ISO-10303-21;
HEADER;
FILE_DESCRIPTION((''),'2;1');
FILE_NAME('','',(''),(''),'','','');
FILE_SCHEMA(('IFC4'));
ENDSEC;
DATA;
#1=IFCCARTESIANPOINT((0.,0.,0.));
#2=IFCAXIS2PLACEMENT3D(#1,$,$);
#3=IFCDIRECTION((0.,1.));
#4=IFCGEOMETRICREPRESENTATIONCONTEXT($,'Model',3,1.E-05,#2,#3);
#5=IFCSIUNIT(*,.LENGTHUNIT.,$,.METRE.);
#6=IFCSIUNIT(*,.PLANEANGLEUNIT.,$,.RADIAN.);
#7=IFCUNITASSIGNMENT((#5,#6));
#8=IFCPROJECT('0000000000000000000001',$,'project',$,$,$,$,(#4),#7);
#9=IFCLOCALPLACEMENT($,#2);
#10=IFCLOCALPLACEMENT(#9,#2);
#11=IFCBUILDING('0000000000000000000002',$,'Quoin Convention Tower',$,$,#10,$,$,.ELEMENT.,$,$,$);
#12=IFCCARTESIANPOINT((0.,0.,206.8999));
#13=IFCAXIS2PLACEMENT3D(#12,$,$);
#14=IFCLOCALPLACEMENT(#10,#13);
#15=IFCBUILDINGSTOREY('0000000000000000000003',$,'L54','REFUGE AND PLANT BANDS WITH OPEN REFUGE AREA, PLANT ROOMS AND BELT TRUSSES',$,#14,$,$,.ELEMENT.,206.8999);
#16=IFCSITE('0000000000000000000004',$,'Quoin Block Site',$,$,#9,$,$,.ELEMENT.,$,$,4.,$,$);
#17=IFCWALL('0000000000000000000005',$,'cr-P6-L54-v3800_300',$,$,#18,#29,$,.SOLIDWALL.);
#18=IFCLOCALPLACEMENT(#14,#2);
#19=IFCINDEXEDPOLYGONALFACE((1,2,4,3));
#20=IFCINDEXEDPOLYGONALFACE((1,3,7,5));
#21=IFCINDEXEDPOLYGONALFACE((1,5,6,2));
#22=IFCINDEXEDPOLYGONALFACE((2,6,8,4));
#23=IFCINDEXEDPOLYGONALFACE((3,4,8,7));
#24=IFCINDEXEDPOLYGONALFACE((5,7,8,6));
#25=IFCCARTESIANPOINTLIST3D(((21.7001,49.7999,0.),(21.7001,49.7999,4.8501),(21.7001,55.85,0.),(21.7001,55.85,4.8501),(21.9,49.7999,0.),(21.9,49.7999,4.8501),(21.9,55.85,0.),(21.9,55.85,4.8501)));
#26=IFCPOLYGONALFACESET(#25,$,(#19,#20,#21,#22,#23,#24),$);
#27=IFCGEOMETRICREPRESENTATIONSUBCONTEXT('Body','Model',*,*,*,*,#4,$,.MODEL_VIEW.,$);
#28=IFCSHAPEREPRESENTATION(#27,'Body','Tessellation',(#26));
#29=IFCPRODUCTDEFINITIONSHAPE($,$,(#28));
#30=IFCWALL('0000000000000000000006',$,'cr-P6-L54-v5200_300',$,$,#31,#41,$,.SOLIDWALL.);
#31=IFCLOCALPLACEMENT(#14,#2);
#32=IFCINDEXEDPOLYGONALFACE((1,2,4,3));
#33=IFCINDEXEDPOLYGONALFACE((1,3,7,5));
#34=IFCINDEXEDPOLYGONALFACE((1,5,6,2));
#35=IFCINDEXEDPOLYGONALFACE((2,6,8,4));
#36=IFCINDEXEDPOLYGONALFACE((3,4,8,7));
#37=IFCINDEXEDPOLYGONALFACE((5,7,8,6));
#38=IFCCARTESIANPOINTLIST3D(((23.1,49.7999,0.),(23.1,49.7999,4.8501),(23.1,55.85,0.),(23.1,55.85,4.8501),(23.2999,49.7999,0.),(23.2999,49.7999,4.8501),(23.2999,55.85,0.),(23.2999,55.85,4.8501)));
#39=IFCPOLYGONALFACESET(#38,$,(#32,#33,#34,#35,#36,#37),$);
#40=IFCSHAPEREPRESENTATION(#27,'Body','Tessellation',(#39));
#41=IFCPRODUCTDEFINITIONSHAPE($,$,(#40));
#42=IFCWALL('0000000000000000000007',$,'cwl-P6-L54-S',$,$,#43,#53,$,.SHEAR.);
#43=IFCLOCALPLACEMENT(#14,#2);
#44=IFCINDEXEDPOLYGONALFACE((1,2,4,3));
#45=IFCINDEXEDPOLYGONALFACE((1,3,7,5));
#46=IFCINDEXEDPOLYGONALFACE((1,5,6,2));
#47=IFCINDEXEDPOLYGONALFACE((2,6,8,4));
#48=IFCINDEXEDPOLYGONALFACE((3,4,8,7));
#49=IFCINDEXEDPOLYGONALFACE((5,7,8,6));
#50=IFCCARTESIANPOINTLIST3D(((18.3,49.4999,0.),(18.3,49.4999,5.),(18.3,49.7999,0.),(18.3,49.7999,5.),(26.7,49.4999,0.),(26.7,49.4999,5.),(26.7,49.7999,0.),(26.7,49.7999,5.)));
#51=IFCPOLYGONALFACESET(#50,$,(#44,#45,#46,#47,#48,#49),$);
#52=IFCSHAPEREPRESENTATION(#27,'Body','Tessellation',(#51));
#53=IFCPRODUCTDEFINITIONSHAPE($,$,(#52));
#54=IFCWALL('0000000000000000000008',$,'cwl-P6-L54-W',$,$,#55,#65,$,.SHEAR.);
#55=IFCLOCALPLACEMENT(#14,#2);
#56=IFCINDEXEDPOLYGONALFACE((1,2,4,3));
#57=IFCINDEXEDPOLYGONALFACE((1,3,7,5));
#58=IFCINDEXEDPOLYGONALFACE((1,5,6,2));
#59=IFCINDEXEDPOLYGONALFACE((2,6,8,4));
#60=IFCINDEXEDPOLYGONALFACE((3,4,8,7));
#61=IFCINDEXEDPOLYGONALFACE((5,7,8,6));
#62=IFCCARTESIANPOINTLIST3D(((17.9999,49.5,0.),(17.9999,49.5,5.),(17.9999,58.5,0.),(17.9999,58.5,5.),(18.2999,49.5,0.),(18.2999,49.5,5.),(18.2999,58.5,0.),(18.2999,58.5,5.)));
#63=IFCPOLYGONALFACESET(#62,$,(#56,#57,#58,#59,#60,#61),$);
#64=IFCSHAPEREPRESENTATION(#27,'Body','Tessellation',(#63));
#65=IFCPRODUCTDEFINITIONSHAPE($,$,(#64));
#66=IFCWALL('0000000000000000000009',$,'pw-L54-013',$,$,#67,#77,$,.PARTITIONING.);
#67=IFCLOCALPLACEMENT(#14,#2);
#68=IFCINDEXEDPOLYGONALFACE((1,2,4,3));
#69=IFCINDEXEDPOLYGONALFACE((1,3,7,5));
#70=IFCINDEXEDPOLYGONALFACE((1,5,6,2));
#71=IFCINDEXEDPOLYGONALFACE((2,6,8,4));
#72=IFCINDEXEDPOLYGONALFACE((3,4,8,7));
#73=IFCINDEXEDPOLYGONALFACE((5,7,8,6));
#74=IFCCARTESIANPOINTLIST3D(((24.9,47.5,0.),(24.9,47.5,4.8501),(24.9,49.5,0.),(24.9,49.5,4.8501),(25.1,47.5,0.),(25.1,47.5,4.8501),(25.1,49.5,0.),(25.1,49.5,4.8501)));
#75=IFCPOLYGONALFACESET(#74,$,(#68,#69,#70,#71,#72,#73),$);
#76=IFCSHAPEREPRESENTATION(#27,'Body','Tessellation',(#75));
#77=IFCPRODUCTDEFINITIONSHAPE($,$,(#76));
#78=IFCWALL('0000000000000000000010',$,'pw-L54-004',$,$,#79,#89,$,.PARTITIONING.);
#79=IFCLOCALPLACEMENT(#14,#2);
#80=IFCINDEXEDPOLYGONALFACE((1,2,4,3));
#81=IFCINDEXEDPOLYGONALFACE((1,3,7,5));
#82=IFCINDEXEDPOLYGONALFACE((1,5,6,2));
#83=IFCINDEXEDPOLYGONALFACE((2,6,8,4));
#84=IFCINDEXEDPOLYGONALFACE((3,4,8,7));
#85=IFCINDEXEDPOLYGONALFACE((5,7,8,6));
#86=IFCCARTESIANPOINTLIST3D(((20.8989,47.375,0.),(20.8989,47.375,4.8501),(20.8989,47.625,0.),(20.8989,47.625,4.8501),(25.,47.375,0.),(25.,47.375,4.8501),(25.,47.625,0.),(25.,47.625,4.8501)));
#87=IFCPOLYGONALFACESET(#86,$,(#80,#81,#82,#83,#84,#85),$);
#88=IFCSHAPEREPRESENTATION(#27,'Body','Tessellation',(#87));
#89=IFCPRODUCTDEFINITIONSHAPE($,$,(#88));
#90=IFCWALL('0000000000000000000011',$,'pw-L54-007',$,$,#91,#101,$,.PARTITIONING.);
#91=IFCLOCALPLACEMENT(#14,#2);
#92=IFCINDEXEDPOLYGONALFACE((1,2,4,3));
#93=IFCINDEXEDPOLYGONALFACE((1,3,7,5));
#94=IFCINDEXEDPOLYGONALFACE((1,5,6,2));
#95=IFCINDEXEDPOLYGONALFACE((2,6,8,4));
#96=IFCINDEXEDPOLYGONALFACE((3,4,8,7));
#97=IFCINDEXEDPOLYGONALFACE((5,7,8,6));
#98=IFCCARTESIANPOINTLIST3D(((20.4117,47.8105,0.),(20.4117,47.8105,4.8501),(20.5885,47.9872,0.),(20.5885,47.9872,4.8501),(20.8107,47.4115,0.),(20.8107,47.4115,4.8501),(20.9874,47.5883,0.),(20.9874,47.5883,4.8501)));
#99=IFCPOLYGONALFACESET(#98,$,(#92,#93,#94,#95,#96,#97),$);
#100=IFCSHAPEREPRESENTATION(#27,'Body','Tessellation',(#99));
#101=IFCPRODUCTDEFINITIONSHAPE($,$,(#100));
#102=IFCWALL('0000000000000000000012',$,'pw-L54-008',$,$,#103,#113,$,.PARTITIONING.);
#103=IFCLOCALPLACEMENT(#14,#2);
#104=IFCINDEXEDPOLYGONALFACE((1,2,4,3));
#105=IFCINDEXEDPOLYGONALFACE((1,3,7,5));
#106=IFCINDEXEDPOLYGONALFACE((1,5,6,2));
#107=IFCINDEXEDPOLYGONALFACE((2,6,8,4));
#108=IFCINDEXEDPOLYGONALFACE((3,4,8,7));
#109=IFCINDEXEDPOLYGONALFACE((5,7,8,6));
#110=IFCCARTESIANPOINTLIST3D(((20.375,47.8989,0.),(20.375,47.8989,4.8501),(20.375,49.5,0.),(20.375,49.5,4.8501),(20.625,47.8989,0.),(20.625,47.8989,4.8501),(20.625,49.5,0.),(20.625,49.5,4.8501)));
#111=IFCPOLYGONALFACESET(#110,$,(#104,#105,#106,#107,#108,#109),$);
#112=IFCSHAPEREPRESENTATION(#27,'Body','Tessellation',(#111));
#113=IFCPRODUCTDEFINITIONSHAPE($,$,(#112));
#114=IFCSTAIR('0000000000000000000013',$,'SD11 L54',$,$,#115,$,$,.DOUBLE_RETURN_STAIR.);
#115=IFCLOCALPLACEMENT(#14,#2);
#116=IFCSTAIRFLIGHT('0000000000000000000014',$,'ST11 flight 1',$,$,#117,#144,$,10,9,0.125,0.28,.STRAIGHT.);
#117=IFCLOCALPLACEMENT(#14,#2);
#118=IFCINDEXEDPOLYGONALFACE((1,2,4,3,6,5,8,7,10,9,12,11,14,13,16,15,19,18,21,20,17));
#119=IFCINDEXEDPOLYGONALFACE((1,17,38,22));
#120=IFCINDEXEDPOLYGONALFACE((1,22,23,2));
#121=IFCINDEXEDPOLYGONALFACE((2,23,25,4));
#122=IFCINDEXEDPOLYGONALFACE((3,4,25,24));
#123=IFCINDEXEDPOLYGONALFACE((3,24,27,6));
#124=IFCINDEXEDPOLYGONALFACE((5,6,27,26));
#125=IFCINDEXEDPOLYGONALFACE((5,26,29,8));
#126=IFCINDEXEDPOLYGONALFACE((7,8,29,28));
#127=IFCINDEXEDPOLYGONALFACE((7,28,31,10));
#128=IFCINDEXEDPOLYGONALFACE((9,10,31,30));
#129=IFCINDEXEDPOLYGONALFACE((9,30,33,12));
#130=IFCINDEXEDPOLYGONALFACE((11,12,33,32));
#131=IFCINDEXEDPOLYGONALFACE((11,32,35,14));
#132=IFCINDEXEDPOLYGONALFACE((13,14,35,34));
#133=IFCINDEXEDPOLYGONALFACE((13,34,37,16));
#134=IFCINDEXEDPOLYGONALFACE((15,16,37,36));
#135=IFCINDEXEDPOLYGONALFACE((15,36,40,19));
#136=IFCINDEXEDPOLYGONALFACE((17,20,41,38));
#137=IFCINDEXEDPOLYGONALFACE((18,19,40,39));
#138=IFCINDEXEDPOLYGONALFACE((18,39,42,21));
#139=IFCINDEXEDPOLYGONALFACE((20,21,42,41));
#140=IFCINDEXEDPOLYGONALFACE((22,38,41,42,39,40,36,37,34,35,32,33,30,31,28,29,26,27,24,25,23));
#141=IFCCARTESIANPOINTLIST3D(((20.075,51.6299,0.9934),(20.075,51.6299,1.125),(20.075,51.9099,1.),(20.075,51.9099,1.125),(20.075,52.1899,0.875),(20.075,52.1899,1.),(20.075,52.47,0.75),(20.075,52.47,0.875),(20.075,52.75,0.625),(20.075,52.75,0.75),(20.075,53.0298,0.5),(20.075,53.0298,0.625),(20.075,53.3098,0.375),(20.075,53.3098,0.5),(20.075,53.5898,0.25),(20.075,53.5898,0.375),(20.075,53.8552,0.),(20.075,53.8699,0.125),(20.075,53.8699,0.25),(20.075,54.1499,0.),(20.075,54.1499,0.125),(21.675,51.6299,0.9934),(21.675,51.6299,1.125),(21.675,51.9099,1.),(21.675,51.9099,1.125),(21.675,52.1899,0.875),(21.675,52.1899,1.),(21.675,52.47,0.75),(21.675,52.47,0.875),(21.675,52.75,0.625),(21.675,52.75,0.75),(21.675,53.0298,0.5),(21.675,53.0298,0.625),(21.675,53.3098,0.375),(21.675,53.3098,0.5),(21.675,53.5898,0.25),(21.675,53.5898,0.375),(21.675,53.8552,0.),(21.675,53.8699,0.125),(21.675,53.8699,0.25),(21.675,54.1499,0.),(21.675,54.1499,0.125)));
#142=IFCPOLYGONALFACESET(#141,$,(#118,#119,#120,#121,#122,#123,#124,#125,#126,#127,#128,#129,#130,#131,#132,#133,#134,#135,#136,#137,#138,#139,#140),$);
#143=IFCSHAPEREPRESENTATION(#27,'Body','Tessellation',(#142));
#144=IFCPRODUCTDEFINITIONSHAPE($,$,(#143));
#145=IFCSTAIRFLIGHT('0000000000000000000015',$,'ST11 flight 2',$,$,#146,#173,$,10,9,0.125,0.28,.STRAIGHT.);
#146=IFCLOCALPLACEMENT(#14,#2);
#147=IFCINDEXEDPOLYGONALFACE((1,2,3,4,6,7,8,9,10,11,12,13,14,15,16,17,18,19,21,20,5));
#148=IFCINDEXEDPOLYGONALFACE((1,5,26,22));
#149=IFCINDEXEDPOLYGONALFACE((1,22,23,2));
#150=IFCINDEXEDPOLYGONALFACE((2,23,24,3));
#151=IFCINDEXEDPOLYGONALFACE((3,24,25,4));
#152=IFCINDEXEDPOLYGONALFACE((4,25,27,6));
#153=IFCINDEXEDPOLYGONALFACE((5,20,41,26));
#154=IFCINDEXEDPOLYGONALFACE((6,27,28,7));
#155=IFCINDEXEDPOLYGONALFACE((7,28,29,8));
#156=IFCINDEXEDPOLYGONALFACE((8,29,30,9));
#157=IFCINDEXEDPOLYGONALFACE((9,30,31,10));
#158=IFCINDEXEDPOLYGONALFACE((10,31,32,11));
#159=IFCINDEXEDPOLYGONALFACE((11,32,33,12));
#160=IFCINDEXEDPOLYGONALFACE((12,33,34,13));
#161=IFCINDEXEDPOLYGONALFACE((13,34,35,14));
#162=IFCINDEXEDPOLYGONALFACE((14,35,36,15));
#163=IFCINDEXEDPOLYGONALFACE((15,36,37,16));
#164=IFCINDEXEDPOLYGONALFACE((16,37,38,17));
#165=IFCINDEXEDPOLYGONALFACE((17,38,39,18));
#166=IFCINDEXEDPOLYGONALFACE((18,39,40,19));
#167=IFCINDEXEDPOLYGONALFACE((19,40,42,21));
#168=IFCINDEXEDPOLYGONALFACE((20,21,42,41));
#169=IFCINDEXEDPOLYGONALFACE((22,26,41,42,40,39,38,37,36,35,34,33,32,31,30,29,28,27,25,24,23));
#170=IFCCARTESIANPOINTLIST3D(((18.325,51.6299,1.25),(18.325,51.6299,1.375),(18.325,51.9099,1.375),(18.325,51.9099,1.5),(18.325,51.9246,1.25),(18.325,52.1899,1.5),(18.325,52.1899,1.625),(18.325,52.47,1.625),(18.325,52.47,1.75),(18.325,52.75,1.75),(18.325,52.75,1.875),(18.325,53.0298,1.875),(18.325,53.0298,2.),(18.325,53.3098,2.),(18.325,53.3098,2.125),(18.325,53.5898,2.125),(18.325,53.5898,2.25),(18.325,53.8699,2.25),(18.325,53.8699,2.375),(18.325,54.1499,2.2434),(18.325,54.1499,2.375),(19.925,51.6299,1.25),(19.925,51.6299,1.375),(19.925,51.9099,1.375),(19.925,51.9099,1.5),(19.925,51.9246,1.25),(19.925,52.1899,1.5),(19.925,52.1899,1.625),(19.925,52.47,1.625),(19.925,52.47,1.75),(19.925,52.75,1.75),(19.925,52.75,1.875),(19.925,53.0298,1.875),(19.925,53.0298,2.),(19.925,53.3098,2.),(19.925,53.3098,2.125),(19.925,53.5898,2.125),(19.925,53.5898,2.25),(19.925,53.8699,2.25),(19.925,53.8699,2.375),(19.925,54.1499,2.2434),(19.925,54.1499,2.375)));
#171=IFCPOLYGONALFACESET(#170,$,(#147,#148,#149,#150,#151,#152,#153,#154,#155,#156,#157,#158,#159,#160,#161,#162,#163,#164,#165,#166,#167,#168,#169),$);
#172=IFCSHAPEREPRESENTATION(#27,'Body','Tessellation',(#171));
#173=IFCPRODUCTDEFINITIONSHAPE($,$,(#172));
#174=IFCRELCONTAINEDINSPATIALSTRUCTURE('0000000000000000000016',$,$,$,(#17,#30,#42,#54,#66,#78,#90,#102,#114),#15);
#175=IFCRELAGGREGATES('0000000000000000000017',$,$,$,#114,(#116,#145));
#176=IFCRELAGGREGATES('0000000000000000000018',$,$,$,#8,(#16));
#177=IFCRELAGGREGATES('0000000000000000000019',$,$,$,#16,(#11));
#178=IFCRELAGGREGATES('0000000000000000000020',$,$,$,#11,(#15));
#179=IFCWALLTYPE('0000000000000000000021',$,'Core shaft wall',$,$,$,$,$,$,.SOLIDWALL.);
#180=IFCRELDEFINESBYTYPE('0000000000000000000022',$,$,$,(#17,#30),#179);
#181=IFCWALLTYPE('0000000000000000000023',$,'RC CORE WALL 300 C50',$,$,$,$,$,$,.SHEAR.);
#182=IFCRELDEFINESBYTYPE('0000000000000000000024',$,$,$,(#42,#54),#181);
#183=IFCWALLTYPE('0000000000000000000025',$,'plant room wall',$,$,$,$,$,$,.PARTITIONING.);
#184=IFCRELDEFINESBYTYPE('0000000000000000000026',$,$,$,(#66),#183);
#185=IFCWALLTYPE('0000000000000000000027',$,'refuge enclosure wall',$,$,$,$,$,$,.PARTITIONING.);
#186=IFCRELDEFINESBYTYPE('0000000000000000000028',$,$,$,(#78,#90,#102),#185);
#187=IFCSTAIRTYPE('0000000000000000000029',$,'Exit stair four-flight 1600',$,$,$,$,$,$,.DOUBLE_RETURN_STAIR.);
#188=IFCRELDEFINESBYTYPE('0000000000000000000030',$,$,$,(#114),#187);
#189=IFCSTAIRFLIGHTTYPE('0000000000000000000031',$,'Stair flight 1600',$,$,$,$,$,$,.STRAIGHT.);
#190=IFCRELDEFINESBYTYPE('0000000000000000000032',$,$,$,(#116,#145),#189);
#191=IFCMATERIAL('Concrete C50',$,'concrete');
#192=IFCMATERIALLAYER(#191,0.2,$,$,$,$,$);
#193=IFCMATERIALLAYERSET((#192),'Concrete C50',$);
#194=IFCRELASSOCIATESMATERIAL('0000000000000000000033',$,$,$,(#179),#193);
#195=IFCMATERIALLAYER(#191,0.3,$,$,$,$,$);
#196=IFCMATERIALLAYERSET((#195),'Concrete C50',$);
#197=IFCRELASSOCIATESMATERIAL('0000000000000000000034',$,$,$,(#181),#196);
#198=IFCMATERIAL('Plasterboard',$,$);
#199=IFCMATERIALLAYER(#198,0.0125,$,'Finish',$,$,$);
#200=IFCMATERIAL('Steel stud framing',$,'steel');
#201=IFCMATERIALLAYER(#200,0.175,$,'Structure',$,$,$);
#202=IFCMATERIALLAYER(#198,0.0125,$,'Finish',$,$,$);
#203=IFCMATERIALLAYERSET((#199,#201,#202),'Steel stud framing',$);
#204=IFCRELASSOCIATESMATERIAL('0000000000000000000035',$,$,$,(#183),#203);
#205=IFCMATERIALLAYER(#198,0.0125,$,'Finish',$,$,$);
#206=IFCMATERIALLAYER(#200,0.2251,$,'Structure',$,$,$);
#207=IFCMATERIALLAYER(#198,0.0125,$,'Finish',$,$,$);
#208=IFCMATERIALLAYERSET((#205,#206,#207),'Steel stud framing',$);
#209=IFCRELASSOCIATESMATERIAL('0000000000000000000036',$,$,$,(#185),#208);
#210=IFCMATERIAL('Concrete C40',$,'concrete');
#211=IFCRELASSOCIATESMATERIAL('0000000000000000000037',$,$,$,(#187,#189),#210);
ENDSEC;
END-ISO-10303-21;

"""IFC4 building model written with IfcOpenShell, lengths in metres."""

from ifc_helpers import new_model, si_unit, direction, frame, frame_2d, origin, place, context, subcontext, project, spatial, polyline, rectangle, outline, extrude, material, layer, layer_set, type_object, element, aggregate, save


model = new_model("IFC4")

# Units and contexts
model_context = context("Model", 3, precision=1e-05, world=origin(), true_north=direction((0.0, 1.0)))
body_context = subcontext(model_context, "Body", "Model", "MODEL_VIEW")
ifc_project = project(units=[si_unit("LENGTHUNIT", "METRE"), si_unit("PLANEANGLEUNIT", "RADIAN")], contexts=[model_context])

# Site, building, storey
site_placement = place(None, origin())
site = spatial("IfcSite", under=ifc_project, at=site_placement, Name="Quoin Block Site", CompositionType="ELEMENT", RefElevation=4.0)
building_placement = place(site_placement, origin())
building = spatial("IfcBuilding", under=site, at=building_placement, Name="Quoin Convention Tower", CompositionType="ELEMENT")
storey_placement = place(building_placement, frame((0.0, 0.0, 206.8999)))
storey = spatial("IfcBuildingStorey", under=building, at=storey_placement, Name="L54", Description="REFUGE AND PLANT BANDS WITH OPEN REFUGE AREA, PLANT ROOMS AND BELT TRUSSES", CompositionType="ELEMENT", Elevation=206.8999)

# Shared definitions
ifc_material_1 = material(Name="Concrete C50", Category="concrete")

# Walls
ifc_layer_1 = layer(ifc_material_1, 0.2)
ifc_layer_set_1 = layer_set([ifc_layer_1], Name="Concrete C50")
wall_type_1 = type_object("IfcWallType", Name="Core shaft wall", PredefinedType="SOLIDWALL", material=ifc_layer_set_1)
for number, where, z_axis, x_axis, name in (
    (1, (21.8, 49.8, 0.0), (0.0, 0.0, 1.0), (0.0, 1.0, 0.0), "cr-P6-L54-v3800_300"),
    (2, (23.2, 49.8, 0.0), (0.0, 0.0, 1.0), (0.0, 1.0, 0.0), "cr-P6-L54-v5200_300"),
):
    element("IfcWall", number, at=place(storey_placement, frame(where, z_axis=z_axis, x_axis=x_axis)), inside=storey, type_object=wall_type_1, Name=name, PredefinedType="SOLIDWALL", context=body_context, shape_type="SweptSolid", body=[
        extrude(rectangle(XDim=6.05, YDim=0.2, at=frame_2d((3.0249, 0.0))), origin(), (0.0, 0.0, 1.0), 4.8501),
    ])
ifc_layer_2 = layer(ifc_material_1, 0.3)
ifc_layer_set_2 = layer_set([ifc_layer_2], Name="Concrete C50")
wall_type_2 = type_object("IfcWallType", Name="RC CORE WALL 300 C50", PredefinedType="SHEAR", material=ifc_layer_set_2)
wall_1_placement = place(storey_placement, frame((18.3, 49.6499, 0.0), z_axis=(0.0, 0.0, 1.0), x_axis=(1.0, 0.0, 0.0)))
element("IfcWall", 3, at=wall_1_placement, inside=storey, type_object=wall_type_2, Name="cwl-P6-L54-S", PredefinedType="SHEAR", context=body_context, shape_type="SweptSolid", body=[
    extrude(rectangle(XDim=8.3999, YDim=0.3, at=frame_2d((4.2, 0.0))), origin(), (0.0, 0.0, 1.0), 5.0),
])
wall_2_placement = place(storey_placement, frame((18.1499, 49.5, 0.0), z_axis=(0.0, 0.0, 1.0), x_axis=(0.0, 1.0, 0.0)))
element("IfcWall", 4, at=wall_2_placement, inside=storey, type_object=wall_type_2, Name="cwl-P6-L54-W", PredefinedType="SHEAR", context=body_context, shape_type="SweptSolid", body=[
    extrude(rectangle(XDim=9.0, YDim=0.3, at=frame_2d((4.5, 0.0))), origin(), (0.0, 0.0, 1.0), 5.0),
])
ifc_material_2 = material(Name="Plasterboard")
ifc_layer_3 = layer(ifc_material_2, 0.0125, Name="Finish")
ifc_material_3 = material(Name="Steel stud framing", Category="steel")
ifc_layer_4 = layer(ifc_material_3, 0.175, Name="Structure")
ifc_layer_5 = layer(ifc_material_2, 0.0125, Name="Finish")
ifc_layer_set_3 = layer_set([ifc_layer_3, ifc_layer_4, ifc_layer_5], Name="Steel stud framing")
wall_type_3 = type_object("IfcWallType", Name="plant room wall", PredefinedType="PARTITIONING", material=ifc_layer_set_3)
wall_3_placement = place(storey_placement, frame((25.0, 47.5, 0.0), z_axis=(0.0, 0.0, 1.0), x_axis=(0.0, 1.0, 0.0)))
element("IfcWall", 5, at=wall_3_placement, inside=storey, type_object=wall_type_3, Name="pw-L54-013", PredefinedType="PARTITIONING", context=body_context, shape_type="SweptSolid", body=[
    extrude(rectangle(XDim=2.0, YDim=0.2, at=frame_2d((1.0, 0.0))), origin(), (0.0, 0.0, 1.0), 4.8501),
])
ifc_layer_6 = layer(ifc_material_2, 0.0125, Name="Finish")
ifc_layer_7 = layer(ifc_material_3, 0.2251, Name="Structure")
ifc_layer_8 = layer(ifc_material_2, 0.0125, Name="Finish")
ifc_layer_set_4 = layer_set([ifc_layer_6, ifc_layer_7, ifc_layer_8], Name="Steel stud framing")
wall_type_4 = type_object("IfcWallType", Name="refuge enclosure wall", PredefinedType="PARTITIONING", material=ifc_layer_set_4)
wall_4_placement = place(storey_placement, frame((20.8989, 47.5, 0.0), z_axis=(0.0, 0.0, 1.0), x_axis=(1.0, 0.0, 0.0)))
element("IfcWall", 6, at=wall_4_placement, inside=storey, type_object=wall_type_4, Name="pw-L54-004", PredefinedType="PARTITIONING", context=body_context, shape_type="SweptSolid", body=[
    extrude(rectangle(XDim=4.1011, YDim=0.25, at=frame_2d((2.0505, 0.0))), origin(), (0.0, 0.0, 1.0), 4.8501),
])
wall_5_placement = place(storey_placement, frame((20.5, 47.8989, 0.0), z_axis=(0.0, 0.0, 1.0), x_axis=(0.707107, -0.707107, 0.0)))
element("IfcWall", 7, at=wall_5_placement, inside=storey, type_object=wall_type_4, Name="pw-L54-007", PredefinedType="PARTITIONING", context=body_context, shape_type="SweptSolid", body=[
    extrude(rectangle(XDim=0.5642, YDim=0.25, at=frame_2d((0.2822, 0.0))), origin(), (0.0, 0.0, 1.0), 4.8501),
])
wall_6_placement = place(storey_placement, frame((20.5, 47.8989, 0.0), z_axis=(0.0, 0.0, 1.0), x_axis=(0.0, 1.0, 0.0)))
element("IfcWall", 8, at=wall_6_placement, inside=storey, type_object=wall_type_4, Name="pw-L54-008", PredefinedType="PARTITIONING", context=body_context, shape_type="SweptSolid", body=[
    extrude(rectangle(XDim=1.6011, YDim=0.25, at=frame_2d((0.8005, 0.0))), origin(), (0.0, 0.0, 1.0), 4.8501),
])

# Stair, stair flights
ifc_material_4 = material(Name="Concrete C40", Category="concrete")
stair_type = type_object("IfcStairType", Name="Exit stair four-flight 1600", PredefinedType="DOUBLE_RETURN_STAIR", material=ifc_material_4)
stair_1_placement = place(storey_placement, origin())
stair_1 = element("IfcStair", 9, at=stair_1_placement, inside=storey, type_object=stair_type, Name="SD11 L54", PredefinedType="DOUBLE_RETURN_STAIR")
stair_flight_type = type_object("IfcStairFlightType", Name="Stair flight 1600", PredefinedType="STRAIGHT", material=ifc_material_4)
stair_flight_1_placement = place(storey_placement, frame((20.875, 54.1499, 0.0), z_axis=(0.0, 0.0, 1.0), x_axis=(0.0, -1.0, 0.0)))
stair_flight_1 = element("IfcStairFlight", 10, at=stair_flight_1_placement, type_object=stair_flight_type, Name="ST11 flight 1", NumberOfRisers=10, NumberOfTreads=9, PredefinedType="STRAIGHT", RiserHeight=0.125, TreadLength=0.28, context=body_context, shape_type="SweptSolid", body=[
    extrude(outline(polyline([(0.0, 0.0), (0.0, 0.125), (0.28, 0.125), (0.28, 0.25), (0.5601, 0.25), (0.5601, 0.375), (0.8401, 0.375), (0.8401, 0.5), (1.1201, 0.5), (1.1201, 0.625), (1.3999, 0.625), (1.3999, 0.75), (1.6799, 0.75), (1.6799, 0.875), (1.96, 0.875), (1.96, 1.0), (2.24, 1.0), (2.24, 1.125), (2.52, 1.125), (2.52, 1.25), (2.52, 0.9934), (0.2947, 0.0), (0.0, 0.0)])), frame((0.0, 0.8, 0.0), z_axis=(0.0, -1.0, 0.0), x_axis=(1.0, 0.0, 0.0)), (0.0, 0.0, 1.0), 1.6001),
])
stair_flight_2_placement = place(storey_placement, frame((19.125, 51.6299, 1.25), z_axis=(0.0, 0.0, 1.0), x_axis=(0.0, 1.0, 0.0)))
stair_flight_2 = element("IfcStairFlight", 11, at=stair_flight_2_placement, type_object=stair_flight_type, Name="ST11 flight 2", NumberOfRisers=10, NumberOfTreads=9, PredefinedType="STRAIGHT", RiserHeight=0.125, TreadLength=0.28, context=body_context, shape_type="SweptSolid", body=[
    extrude(outline(polyline([(0.0, 0.0), (0.0, 0.125), (0.28, 0.125), (0.28, 0.25), (0.5601, 0.25), (0.5601, 0.375), (0.8401, 0.375), (0.8401, 0.5), (1.1201, 0.5), (1.1201, 0.625), (1.3999, 0.625), (1.3999, 0.75), (1.6799, 0.75), (1.6799, 0.875), (1.96, 0.875), (1.96, 1.0), (2.24, 1.0), (2.24, 1.125), (2.52, 1.125), (2.52, 1.25), (2.52, 0.9934), (0.2947, 0.0), (0.0, 0.0)])), frame((0.0, 0.8, 0.0), z_axis=(0.0, -1.0, 0.0), x_axis=(1.0, 0.0, 0.0)), (0.0, 0.0, 1.0), 1.6001),
])
aggregate(stair_1, [stair_flight_1, stair_flight_2])

save(model, "model.ifc")
